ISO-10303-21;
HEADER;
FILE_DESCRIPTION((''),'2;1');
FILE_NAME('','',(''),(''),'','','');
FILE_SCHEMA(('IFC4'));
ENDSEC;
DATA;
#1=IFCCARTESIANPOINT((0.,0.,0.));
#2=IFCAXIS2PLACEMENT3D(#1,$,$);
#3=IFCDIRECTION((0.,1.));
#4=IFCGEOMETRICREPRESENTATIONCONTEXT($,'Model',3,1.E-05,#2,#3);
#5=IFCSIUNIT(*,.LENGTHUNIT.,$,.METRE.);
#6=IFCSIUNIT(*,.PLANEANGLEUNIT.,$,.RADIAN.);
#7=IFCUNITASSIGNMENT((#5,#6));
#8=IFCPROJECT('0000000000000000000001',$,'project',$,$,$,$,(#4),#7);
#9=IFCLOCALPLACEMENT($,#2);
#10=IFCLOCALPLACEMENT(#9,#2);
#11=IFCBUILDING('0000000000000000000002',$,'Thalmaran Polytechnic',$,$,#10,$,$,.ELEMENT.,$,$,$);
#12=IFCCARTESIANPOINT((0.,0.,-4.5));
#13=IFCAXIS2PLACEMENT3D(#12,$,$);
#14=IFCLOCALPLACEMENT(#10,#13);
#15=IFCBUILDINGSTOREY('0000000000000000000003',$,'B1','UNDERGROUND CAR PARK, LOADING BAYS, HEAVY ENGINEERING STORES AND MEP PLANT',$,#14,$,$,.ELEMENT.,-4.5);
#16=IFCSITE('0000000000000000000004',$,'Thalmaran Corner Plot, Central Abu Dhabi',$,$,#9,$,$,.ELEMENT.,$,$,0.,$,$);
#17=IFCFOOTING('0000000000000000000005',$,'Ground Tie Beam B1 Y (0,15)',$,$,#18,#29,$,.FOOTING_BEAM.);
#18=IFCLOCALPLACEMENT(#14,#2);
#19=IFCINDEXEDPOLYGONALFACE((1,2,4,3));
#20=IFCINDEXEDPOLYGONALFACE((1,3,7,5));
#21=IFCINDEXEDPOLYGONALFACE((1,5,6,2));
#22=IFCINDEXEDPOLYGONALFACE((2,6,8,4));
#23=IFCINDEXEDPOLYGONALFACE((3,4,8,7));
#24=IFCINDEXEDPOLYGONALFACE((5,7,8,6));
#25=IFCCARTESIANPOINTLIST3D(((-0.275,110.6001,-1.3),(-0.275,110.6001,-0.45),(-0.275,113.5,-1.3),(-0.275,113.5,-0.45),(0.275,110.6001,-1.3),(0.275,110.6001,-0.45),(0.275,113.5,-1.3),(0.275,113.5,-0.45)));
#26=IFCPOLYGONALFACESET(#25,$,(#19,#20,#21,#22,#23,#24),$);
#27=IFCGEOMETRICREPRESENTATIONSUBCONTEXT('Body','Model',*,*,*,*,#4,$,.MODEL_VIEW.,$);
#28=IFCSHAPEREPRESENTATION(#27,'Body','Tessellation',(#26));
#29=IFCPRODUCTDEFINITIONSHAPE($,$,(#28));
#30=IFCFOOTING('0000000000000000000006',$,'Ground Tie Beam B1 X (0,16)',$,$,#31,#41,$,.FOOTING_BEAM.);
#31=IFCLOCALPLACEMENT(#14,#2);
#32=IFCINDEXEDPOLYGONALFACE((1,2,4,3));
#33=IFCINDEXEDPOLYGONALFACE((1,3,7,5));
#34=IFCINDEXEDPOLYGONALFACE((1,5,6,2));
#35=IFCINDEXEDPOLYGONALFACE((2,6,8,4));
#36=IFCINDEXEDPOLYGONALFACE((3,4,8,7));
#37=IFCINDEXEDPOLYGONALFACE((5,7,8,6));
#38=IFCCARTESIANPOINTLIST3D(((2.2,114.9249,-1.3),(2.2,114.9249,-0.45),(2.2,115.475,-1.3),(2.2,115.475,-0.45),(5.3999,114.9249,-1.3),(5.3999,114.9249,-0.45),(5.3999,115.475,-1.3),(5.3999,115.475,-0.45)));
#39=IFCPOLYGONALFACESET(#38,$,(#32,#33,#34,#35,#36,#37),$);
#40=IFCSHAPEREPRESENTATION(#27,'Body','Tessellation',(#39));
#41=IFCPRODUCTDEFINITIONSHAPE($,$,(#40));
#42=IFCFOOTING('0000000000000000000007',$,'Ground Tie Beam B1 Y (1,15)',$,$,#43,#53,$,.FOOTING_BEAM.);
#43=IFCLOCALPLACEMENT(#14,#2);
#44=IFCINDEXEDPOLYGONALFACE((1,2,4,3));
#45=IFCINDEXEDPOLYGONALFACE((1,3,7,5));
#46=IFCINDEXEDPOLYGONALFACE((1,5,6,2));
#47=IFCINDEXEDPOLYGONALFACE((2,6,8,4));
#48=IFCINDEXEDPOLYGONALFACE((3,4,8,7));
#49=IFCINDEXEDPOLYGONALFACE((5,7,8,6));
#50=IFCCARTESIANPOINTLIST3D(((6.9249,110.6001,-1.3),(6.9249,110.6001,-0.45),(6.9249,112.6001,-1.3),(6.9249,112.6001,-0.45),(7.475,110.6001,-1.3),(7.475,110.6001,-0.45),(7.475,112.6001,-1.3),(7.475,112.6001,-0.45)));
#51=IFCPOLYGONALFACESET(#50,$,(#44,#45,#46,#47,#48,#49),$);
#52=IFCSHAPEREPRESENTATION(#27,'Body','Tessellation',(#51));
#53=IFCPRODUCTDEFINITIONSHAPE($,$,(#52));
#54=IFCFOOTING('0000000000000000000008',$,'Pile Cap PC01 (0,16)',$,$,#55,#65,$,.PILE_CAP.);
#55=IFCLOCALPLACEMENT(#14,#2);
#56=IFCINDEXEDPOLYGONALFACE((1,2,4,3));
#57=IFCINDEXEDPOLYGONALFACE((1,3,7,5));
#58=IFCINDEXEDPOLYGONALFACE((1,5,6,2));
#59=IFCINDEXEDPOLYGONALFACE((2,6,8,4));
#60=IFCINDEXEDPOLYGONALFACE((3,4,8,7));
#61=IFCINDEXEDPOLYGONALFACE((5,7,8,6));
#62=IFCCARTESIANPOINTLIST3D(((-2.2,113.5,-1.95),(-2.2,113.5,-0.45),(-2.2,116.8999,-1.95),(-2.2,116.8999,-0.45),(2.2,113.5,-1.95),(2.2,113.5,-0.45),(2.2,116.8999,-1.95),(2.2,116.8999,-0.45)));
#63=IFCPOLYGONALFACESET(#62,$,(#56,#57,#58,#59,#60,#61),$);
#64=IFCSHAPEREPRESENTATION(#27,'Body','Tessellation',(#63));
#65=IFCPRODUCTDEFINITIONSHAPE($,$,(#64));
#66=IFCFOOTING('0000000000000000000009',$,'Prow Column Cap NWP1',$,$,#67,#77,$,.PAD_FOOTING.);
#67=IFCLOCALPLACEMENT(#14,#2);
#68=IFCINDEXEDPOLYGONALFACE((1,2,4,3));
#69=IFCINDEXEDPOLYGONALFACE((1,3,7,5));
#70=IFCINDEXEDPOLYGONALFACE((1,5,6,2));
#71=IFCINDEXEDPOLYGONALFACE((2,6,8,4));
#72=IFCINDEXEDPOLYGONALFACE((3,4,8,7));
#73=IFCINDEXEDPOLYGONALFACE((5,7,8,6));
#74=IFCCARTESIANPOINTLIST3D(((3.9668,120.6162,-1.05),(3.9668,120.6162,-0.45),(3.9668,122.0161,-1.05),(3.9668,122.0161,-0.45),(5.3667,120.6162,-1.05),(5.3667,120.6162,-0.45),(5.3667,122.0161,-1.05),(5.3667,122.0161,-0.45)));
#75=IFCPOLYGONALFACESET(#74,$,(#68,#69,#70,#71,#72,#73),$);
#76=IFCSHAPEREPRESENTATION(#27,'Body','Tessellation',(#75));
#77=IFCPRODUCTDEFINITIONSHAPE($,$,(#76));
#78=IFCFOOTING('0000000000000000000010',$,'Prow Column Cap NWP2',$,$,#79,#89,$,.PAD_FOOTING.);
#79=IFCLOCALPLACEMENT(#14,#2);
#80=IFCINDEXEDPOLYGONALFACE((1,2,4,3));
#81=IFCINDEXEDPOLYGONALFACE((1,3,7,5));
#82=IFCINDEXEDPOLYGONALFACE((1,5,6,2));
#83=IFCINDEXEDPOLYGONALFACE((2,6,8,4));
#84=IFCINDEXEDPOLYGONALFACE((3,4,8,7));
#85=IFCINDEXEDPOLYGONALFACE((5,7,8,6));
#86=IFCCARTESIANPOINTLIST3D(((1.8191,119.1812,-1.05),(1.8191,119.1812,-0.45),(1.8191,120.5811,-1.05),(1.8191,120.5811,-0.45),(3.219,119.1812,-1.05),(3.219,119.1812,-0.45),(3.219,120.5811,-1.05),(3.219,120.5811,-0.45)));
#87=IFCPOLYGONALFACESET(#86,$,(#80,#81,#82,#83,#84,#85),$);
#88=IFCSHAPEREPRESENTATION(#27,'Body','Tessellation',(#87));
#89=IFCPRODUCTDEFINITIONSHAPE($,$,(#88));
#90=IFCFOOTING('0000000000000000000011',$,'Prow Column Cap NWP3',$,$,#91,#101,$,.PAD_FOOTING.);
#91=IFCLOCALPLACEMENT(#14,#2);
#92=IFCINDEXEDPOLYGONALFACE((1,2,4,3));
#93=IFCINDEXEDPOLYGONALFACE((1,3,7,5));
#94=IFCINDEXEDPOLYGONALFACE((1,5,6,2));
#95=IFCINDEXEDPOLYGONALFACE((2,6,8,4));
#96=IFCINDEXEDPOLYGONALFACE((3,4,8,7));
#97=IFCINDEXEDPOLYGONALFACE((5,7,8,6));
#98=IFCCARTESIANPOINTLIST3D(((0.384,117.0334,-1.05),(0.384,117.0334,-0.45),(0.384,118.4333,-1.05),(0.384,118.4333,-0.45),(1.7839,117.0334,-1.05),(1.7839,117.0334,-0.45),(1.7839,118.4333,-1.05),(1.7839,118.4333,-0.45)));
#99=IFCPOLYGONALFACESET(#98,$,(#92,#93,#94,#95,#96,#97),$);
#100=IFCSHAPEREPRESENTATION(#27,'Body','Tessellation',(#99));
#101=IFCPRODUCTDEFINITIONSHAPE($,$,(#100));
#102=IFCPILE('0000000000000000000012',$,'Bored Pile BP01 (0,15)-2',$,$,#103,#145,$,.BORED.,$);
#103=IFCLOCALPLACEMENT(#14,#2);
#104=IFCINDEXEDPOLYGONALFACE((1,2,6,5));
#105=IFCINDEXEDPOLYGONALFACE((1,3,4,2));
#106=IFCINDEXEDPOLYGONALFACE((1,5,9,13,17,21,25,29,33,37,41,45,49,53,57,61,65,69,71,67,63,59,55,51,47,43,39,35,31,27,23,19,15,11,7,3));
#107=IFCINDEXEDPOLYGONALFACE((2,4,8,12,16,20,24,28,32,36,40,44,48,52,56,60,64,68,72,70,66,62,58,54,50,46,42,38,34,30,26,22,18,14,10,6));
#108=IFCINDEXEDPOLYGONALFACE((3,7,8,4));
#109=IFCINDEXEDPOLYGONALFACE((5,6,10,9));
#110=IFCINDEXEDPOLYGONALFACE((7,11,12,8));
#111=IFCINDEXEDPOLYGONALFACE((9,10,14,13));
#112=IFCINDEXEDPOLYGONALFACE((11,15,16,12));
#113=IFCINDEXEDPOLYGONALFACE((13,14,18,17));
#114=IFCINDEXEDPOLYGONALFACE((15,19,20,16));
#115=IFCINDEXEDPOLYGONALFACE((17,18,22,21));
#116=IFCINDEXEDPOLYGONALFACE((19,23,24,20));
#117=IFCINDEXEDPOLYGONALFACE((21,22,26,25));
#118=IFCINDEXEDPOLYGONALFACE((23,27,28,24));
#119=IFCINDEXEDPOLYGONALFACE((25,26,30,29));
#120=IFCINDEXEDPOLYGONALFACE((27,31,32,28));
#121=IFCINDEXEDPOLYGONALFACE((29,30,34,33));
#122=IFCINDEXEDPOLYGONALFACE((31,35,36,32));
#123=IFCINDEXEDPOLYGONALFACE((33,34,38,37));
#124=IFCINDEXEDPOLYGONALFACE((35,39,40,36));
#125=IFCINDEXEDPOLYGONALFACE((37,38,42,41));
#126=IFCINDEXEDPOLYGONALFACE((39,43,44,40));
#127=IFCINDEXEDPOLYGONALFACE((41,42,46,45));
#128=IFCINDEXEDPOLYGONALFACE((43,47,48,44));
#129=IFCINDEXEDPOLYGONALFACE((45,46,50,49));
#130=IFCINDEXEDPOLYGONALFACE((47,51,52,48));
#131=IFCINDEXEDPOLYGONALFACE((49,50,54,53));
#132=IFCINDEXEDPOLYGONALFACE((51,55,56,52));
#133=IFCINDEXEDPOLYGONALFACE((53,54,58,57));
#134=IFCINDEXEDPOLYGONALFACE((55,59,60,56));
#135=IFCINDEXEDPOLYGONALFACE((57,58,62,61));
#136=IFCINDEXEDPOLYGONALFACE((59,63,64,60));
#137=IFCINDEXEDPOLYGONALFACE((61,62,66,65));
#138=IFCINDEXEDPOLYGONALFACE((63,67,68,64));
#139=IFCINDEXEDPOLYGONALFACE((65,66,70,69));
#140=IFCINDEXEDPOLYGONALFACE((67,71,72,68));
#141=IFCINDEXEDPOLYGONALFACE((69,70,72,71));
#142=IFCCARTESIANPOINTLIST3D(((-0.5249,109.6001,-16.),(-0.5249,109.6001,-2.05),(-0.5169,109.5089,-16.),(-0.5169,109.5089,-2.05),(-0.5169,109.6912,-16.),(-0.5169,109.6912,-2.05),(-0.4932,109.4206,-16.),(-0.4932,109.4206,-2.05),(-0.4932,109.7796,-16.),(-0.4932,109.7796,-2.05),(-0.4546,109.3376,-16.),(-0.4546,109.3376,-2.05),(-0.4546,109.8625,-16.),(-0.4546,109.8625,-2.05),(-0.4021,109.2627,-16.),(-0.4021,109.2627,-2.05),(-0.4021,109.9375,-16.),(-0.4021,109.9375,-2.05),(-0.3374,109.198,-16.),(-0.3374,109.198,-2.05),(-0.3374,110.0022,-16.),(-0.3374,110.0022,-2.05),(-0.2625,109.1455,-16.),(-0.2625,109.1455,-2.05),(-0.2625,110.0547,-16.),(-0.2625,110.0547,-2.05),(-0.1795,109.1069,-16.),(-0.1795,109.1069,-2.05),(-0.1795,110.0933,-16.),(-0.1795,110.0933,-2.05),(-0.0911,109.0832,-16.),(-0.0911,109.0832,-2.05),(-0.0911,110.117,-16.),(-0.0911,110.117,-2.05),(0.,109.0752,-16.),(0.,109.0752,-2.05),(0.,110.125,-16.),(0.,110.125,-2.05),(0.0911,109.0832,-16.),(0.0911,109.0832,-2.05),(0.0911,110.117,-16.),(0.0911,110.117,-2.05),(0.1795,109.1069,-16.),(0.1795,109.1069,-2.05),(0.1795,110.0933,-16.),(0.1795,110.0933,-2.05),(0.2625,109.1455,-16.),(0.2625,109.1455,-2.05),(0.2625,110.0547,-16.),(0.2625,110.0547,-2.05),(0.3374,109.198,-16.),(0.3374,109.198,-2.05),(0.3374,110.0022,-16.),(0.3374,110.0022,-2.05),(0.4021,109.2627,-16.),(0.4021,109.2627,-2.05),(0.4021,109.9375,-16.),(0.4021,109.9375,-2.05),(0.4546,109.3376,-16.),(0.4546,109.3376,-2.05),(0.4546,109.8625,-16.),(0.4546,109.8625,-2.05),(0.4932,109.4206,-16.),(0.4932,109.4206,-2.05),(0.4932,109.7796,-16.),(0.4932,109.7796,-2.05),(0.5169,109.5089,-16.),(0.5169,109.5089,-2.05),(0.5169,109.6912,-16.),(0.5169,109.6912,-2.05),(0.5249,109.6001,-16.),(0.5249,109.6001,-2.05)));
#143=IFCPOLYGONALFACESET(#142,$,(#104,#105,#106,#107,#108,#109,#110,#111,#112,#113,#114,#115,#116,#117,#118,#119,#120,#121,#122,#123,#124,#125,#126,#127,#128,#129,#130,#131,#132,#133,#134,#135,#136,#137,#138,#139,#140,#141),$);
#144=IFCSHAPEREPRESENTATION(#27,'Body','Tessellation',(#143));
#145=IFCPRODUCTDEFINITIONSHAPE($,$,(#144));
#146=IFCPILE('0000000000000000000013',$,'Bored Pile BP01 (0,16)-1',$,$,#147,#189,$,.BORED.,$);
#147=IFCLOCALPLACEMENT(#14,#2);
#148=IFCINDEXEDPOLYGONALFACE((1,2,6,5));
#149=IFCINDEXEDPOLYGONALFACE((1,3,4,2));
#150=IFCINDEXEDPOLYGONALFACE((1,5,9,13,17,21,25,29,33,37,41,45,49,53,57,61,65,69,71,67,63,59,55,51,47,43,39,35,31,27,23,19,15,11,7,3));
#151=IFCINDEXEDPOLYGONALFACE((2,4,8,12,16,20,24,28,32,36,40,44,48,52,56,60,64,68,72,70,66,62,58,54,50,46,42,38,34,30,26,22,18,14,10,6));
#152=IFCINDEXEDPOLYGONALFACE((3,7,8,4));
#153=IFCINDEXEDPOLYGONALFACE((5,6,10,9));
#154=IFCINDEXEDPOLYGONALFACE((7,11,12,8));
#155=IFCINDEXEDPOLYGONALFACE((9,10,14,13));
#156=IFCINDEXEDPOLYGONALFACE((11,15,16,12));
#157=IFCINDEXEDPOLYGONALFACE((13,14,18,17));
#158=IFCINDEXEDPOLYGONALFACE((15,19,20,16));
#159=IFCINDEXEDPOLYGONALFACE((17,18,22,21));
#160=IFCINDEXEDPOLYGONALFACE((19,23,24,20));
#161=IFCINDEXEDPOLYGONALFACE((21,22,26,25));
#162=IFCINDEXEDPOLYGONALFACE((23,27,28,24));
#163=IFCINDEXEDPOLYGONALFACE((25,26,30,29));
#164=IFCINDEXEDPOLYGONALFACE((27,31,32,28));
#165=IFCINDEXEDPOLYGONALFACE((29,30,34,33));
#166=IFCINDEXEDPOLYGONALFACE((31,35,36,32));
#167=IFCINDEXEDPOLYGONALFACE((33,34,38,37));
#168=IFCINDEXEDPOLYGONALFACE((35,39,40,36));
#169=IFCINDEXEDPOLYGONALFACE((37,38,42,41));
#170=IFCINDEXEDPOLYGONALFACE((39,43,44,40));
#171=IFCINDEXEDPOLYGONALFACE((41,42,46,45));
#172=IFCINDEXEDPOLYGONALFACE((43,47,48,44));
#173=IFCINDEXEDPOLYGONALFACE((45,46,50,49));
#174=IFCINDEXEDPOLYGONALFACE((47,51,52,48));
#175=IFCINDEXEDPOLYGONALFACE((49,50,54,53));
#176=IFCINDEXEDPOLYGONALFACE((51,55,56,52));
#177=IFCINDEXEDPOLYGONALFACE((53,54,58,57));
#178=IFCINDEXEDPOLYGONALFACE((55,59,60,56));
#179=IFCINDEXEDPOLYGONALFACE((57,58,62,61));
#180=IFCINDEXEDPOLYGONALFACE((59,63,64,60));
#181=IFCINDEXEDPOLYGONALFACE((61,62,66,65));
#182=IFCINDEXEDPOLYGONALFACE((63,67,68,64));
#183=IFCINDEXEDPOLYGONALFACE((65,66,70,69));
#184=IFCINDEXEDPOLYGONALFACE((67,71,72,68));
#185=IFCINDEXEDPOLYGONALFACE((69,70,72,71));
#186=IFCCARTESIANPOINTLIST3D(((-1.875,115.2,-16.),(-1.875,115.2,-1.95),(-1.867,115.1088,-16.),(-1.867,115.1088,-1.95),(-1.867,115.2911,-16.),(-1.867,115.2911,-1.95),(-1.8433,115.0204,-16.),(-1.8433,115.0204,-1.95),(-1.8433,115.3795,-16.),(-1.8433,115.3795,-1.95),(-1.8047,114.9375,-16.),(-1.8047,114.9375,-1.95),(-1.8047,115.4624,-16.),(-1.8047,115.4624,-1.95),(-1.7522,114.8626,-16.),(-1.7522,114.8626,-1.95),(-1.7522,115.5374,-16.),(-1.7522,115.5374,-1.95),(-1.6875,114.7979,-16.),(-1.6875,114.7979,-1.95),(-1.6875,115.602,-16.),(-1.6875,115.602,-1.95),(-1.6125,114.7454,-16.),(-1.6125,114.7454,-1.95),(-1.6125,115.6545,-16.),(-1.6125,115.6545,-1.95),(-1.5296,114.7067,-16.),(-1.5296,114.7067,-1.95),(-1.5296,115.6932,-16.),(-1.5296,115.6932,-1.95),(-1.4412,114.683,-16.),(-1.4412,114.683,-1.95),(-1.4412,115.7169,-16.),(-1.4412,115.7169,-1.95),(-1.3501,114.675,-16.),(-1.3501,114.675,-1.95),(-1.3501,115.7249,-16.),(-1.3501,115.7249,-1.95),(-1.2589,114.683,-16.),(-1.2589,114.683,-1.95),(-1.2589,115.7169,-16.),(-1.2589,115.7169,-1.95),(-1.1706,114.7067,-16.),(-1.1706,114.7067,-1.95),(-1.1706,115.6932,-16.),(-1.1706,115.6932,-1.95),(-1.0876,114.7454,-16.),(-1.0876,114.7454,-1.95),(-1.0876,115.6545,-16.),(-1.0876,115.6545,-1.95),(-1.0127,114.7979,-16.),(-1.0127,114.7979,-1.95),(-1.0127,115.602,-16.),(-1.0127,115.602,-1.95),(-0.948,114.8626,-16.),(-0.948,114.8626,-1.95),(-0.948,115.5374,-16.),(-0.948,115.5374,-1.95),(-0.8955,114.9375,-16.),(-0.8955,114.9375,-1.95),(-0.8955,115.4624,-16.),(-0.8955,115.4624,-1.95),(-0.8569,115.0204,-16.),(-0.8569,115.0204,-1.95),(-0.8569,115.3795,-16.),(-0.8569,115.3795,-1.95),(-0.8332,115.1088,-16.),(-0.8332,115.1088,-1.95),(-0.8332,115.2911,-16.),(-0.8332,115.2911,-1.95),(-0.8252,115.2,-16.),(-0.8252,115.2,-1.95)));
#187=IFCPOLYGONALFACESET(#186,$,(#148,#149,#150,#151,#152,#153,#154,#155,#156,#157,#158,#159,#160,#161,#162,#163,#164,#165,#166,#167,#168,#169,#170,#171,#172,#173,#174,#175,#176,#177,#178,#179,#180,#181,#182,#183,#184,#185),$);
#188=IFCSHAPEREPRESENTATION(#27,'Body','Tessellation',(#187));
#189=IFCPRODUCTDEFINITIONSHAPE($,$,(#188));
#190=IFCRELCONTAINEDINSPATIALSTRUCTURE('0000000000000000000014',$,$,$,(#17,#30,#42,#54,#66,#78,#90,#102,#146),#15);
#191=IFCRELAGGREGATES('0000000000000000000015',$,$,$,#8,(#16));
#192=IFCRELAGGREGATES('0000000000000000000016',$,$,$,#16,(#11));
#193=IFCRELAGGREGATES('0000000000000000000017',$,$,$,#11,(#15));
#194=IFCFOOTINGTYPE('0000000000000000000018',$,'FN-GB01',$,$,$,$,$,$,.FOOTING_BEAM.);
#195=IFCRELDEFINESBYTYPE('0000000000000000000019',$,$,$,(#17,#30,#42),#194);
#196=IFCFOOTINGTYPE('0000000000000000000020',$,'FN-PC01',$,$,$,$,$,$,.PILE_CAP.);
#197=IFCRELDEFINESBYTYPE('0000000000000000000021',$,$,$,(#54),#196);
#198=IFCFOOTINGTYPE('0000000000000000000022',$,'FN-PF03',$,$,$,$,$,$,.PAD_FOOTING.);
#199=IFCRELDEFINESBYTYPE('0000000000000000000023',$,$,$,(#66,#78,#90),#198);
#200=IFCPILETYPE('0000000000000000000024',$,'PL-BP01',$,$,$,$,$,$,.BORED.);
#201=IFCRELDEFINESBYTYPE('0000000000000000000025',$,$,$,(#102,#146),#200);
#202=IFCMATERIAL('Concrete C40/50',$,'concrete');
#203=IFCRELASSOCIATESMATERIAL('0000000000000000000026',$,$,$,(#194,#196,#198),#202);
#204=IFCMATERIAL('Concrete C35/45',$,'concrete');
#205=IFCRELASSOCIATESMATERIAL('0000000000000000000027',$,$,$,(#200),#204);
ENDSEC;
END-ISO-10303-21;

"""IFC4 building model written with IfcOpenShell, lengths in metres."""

from ifc_helpers import new_model, si_unit, direction, frame, origin, origin_2d, place, context, subcontext, project, spatial, rectangle, circle, extrude, material, material_profile, profile_set, type_object, element, save


model = new_model("IFC4")

# Units and contexts
model_context = context("Model", 3, precision=1e-05, world=origin(), true_north=direction((0.0, 1.0)))
body_context = subcontext(model_context, "Body", "Model", "MODEL_VIEW")
ifc_project = project(units=[si_unit("LENGTHUNIT", "METRE"), si_unit("PLANEANGLEUNIT", "RADIAN")], contexts=[model_context])

# Site, building, storey
site_placement = place(None, origin())
site = spatial("IfcSite", under=ifc_project, at=site_placement, Name="Thalmaran Corner Plot, Central Abu Dhabi", CompositionType="ELEMENT", RefElevation=0.0)
building_placement = place(site_placement, origin())
building = spatial("IfcBuilding", under=site, at=building_placement, Name="Thalmaran Polytechnic", CompositionType="ELEMENT")
storey_placement = place(building_placement, frame((0.0, 0.0, -4.5)))
storey = spatial("IfcBuildingStorey", under=building, at=storey_placement, Name="B1", Description="UNDERGROUND CAR PARK, LOADING BAYS, HEAVY ENGINEERING STORES AND MEP PLANT", CompositionType="ELEMENT", Elevation=-4.5)

# Footings
ifc_material_1 = material(Name="Concrete C40/50", Category="concrete")
ifc_material_profile_1 = material_profile(ifc_material_1, rectangle(XDim=0.55, YDim=0.8501, at=origin_2d()), Name="RC 550x850")
ifc_profile_set_1 = profile_set([ifc_material_profile_1], Name="Concrete C40/50")
footing_type_1 = type_object("IfcFootingType", Name="FN-GB01", PredefinedType="FOOTING_BEAM", material=ifc_profile_set_1)
footing_1_placement = place(storey_placement, frame((0.0, 110.6001, -0.875), z_axis=(0.0, 1.0, 0.0), x_axis=(-1.0, 0.0, 0.0)))
element("IfcFooting", 1, at=footing_1_placement, inside=storey, type_object=footing_type_1, Name="Ground Tie Beam B1 Y (0,15)", PredefinedType="FOOTING_BEAM", context=body_context, shape_type="SweptSolid", body=[
    extrude(rectangle(XDim=0.55, YDim=0.8501, at=origin_2d()), origin(), (0.0, 0.0, 1.0), 2.8999),
])
footing_2_placement = place(storey_placement, frame((2.2, 115.2, -0.875), z_axis=(1.0, 0.0, 0.0), x_axis=(0.0, 1.0, 0.0)))
element("IfcFooting", 2, at=footing_2_placement, inside=storey, type_object=footing_type_1, Name="Ground Tie Beam B1 X (0,16)", PredefinedType="FOOTING_BEAM", context=body_context, shape_type="SweptSolid", body=[
    extrude(rectangle(XDim=0.55, YDim=0.8501, at=origin_2d()), origin(), (0.0, 0.0, 1.0), 3.2),
])
footing_3_placement = place(storey_placement, frame((7.2, 110.6001, -0.875), z_axis=(0.0, 1.0, 0.0), x_axis=(-1.0, 0.0, 0.0)))
element("IfcFooting", 3, at=footing_3_placement, inside=storey, type_object=footing_type_1, Name="Ground Tie Beam B1 Y (1,15)", PredefinedType="FOOTING_BEAM", context=body_context, shape_type="SweptSolid", body=[
    extrude(rectangle(XDim=0.55, YDim=0.8501, at=origin_2d()), origin(), (0.0, 0.0, 1.0), 2.0),
])
footing_type_2 = type_object("IfcFootingType", Name="FN-PC01", PredefinedType="PILE_CAP", material=ifc_material_1)
footing_4_placement = place(storey_placement, frame((0.0, 115.2, -1.95), z_axis=(0.0, 0.0, 1.0), x_axis=(1.0, 0.0, 0.0)))
element("IfcFooting", 4, at=footing_4_placement, inside=storey, type_object=footing_type_2, Name="Pile Cap PC01 (0,16)", PredefinedType="PILE_CAP", context=body_context, shape_type="SweptSolid", body=[
    extrude(rectangle(XDim=4.3999, YDim=3.3999, at=origin_2d()), origin(), (0.0, 0.0, 1.0), 1.5),
])
footing_type_3 = type_object("IfcFootingType", Name="FN-PF03", PredefinedType="PAD_FOOTING", material=ifc_material_1)
for number, where, z_axis, x_axis, name in (
    (5, (4.6667, 121.3162, -1.05), (0.0, 0.0, 1.0), (1.0, 0.0, 0.0), "Prow Column Cap NWP1"),
    (6, (2.519, 119.8811, -1.05), (0.0, 0.0, 1.0), (1.0, 0.0, 0.0), "Prow Column Cap NWP2"),
    (7, (1.084, 117.7334, -1.05), (0.0, 0.0, 1.0), (1.0, 0.0, 0.0), "Prow Column Cap NWP3"),
):
    element("IfcFooting", number, at=place(storey_placement, frame(where, z_axis=z_axis, x_axis=x_axis)), inside=storey, type_object=footing_type_3, Name=name, PredefinedType="PAD_FOOTING", context=body_context, shape_type="SweptSolid", body=[
        extrude(rectangle(XDim=1.3999, YDim=1.3999, at=origin_2d()), origin(), (0.0, 0.0, 1.0), 0.6001),
    ])

# Piles
ifc_material_2 = material(Name="Concrete C35/45", Category="concrete")
ifc_material_profile_2 = material_profile(ifc_material_2, circle(Radius=0.5249, at=origin_2d()), Name="RC 1050 DIA")
ifc_profile_set_2 = profile_set([ifc_material_profile_2], Name="Concrete C35/45")
pile_type_1 = type_object("IfcPileType", Name="PL-BP01", PredefinedType="BORED", material=ifc_profile_set_2)
pile_placement = place(storey_placement, frame((0.0, 109.6001, -2.05), z_axis=(0.0, 0.0, -1.0), x_axis=(1.0, 0.0, 0.0)))
element("IfcPile", 8, at=pile_placement, inside=storey, type_object=pile_type_1, Name="Bored Pile BP01 (0,15)-2", PredefinedType="BORED", context=body_context, shape_type="SweptSolid", body=[
    extrude(circle(Radius=0.5249, at=origin_2d()), origin(), (0.0, 0.0, 1.0), 13.95),
])
for number, where, z_axis, x_axis, name in (
    (9, (-1.3501, 115.2, -1.95), (0.0, 0.0, -1.0), (1.0, 0.0, 0.0), "Bored Pile BP01 (0,16)-1"),
):
    element("IfcPile", number, at=place(storey_placement, frame(where, z_axis=z_axis, x_axis=x_axis)), inside=storey, type_object=pile_type_1, Name=name, PredefinedType="BORED", context=body_context, shape_type="SweptSolid", body=[
        extrude(circle(Radius=0.5249, at=origin_2d()), origin(), (0.0, 0.0, 1.0), 14.05),
    ])

save(model, "model.ifc")
